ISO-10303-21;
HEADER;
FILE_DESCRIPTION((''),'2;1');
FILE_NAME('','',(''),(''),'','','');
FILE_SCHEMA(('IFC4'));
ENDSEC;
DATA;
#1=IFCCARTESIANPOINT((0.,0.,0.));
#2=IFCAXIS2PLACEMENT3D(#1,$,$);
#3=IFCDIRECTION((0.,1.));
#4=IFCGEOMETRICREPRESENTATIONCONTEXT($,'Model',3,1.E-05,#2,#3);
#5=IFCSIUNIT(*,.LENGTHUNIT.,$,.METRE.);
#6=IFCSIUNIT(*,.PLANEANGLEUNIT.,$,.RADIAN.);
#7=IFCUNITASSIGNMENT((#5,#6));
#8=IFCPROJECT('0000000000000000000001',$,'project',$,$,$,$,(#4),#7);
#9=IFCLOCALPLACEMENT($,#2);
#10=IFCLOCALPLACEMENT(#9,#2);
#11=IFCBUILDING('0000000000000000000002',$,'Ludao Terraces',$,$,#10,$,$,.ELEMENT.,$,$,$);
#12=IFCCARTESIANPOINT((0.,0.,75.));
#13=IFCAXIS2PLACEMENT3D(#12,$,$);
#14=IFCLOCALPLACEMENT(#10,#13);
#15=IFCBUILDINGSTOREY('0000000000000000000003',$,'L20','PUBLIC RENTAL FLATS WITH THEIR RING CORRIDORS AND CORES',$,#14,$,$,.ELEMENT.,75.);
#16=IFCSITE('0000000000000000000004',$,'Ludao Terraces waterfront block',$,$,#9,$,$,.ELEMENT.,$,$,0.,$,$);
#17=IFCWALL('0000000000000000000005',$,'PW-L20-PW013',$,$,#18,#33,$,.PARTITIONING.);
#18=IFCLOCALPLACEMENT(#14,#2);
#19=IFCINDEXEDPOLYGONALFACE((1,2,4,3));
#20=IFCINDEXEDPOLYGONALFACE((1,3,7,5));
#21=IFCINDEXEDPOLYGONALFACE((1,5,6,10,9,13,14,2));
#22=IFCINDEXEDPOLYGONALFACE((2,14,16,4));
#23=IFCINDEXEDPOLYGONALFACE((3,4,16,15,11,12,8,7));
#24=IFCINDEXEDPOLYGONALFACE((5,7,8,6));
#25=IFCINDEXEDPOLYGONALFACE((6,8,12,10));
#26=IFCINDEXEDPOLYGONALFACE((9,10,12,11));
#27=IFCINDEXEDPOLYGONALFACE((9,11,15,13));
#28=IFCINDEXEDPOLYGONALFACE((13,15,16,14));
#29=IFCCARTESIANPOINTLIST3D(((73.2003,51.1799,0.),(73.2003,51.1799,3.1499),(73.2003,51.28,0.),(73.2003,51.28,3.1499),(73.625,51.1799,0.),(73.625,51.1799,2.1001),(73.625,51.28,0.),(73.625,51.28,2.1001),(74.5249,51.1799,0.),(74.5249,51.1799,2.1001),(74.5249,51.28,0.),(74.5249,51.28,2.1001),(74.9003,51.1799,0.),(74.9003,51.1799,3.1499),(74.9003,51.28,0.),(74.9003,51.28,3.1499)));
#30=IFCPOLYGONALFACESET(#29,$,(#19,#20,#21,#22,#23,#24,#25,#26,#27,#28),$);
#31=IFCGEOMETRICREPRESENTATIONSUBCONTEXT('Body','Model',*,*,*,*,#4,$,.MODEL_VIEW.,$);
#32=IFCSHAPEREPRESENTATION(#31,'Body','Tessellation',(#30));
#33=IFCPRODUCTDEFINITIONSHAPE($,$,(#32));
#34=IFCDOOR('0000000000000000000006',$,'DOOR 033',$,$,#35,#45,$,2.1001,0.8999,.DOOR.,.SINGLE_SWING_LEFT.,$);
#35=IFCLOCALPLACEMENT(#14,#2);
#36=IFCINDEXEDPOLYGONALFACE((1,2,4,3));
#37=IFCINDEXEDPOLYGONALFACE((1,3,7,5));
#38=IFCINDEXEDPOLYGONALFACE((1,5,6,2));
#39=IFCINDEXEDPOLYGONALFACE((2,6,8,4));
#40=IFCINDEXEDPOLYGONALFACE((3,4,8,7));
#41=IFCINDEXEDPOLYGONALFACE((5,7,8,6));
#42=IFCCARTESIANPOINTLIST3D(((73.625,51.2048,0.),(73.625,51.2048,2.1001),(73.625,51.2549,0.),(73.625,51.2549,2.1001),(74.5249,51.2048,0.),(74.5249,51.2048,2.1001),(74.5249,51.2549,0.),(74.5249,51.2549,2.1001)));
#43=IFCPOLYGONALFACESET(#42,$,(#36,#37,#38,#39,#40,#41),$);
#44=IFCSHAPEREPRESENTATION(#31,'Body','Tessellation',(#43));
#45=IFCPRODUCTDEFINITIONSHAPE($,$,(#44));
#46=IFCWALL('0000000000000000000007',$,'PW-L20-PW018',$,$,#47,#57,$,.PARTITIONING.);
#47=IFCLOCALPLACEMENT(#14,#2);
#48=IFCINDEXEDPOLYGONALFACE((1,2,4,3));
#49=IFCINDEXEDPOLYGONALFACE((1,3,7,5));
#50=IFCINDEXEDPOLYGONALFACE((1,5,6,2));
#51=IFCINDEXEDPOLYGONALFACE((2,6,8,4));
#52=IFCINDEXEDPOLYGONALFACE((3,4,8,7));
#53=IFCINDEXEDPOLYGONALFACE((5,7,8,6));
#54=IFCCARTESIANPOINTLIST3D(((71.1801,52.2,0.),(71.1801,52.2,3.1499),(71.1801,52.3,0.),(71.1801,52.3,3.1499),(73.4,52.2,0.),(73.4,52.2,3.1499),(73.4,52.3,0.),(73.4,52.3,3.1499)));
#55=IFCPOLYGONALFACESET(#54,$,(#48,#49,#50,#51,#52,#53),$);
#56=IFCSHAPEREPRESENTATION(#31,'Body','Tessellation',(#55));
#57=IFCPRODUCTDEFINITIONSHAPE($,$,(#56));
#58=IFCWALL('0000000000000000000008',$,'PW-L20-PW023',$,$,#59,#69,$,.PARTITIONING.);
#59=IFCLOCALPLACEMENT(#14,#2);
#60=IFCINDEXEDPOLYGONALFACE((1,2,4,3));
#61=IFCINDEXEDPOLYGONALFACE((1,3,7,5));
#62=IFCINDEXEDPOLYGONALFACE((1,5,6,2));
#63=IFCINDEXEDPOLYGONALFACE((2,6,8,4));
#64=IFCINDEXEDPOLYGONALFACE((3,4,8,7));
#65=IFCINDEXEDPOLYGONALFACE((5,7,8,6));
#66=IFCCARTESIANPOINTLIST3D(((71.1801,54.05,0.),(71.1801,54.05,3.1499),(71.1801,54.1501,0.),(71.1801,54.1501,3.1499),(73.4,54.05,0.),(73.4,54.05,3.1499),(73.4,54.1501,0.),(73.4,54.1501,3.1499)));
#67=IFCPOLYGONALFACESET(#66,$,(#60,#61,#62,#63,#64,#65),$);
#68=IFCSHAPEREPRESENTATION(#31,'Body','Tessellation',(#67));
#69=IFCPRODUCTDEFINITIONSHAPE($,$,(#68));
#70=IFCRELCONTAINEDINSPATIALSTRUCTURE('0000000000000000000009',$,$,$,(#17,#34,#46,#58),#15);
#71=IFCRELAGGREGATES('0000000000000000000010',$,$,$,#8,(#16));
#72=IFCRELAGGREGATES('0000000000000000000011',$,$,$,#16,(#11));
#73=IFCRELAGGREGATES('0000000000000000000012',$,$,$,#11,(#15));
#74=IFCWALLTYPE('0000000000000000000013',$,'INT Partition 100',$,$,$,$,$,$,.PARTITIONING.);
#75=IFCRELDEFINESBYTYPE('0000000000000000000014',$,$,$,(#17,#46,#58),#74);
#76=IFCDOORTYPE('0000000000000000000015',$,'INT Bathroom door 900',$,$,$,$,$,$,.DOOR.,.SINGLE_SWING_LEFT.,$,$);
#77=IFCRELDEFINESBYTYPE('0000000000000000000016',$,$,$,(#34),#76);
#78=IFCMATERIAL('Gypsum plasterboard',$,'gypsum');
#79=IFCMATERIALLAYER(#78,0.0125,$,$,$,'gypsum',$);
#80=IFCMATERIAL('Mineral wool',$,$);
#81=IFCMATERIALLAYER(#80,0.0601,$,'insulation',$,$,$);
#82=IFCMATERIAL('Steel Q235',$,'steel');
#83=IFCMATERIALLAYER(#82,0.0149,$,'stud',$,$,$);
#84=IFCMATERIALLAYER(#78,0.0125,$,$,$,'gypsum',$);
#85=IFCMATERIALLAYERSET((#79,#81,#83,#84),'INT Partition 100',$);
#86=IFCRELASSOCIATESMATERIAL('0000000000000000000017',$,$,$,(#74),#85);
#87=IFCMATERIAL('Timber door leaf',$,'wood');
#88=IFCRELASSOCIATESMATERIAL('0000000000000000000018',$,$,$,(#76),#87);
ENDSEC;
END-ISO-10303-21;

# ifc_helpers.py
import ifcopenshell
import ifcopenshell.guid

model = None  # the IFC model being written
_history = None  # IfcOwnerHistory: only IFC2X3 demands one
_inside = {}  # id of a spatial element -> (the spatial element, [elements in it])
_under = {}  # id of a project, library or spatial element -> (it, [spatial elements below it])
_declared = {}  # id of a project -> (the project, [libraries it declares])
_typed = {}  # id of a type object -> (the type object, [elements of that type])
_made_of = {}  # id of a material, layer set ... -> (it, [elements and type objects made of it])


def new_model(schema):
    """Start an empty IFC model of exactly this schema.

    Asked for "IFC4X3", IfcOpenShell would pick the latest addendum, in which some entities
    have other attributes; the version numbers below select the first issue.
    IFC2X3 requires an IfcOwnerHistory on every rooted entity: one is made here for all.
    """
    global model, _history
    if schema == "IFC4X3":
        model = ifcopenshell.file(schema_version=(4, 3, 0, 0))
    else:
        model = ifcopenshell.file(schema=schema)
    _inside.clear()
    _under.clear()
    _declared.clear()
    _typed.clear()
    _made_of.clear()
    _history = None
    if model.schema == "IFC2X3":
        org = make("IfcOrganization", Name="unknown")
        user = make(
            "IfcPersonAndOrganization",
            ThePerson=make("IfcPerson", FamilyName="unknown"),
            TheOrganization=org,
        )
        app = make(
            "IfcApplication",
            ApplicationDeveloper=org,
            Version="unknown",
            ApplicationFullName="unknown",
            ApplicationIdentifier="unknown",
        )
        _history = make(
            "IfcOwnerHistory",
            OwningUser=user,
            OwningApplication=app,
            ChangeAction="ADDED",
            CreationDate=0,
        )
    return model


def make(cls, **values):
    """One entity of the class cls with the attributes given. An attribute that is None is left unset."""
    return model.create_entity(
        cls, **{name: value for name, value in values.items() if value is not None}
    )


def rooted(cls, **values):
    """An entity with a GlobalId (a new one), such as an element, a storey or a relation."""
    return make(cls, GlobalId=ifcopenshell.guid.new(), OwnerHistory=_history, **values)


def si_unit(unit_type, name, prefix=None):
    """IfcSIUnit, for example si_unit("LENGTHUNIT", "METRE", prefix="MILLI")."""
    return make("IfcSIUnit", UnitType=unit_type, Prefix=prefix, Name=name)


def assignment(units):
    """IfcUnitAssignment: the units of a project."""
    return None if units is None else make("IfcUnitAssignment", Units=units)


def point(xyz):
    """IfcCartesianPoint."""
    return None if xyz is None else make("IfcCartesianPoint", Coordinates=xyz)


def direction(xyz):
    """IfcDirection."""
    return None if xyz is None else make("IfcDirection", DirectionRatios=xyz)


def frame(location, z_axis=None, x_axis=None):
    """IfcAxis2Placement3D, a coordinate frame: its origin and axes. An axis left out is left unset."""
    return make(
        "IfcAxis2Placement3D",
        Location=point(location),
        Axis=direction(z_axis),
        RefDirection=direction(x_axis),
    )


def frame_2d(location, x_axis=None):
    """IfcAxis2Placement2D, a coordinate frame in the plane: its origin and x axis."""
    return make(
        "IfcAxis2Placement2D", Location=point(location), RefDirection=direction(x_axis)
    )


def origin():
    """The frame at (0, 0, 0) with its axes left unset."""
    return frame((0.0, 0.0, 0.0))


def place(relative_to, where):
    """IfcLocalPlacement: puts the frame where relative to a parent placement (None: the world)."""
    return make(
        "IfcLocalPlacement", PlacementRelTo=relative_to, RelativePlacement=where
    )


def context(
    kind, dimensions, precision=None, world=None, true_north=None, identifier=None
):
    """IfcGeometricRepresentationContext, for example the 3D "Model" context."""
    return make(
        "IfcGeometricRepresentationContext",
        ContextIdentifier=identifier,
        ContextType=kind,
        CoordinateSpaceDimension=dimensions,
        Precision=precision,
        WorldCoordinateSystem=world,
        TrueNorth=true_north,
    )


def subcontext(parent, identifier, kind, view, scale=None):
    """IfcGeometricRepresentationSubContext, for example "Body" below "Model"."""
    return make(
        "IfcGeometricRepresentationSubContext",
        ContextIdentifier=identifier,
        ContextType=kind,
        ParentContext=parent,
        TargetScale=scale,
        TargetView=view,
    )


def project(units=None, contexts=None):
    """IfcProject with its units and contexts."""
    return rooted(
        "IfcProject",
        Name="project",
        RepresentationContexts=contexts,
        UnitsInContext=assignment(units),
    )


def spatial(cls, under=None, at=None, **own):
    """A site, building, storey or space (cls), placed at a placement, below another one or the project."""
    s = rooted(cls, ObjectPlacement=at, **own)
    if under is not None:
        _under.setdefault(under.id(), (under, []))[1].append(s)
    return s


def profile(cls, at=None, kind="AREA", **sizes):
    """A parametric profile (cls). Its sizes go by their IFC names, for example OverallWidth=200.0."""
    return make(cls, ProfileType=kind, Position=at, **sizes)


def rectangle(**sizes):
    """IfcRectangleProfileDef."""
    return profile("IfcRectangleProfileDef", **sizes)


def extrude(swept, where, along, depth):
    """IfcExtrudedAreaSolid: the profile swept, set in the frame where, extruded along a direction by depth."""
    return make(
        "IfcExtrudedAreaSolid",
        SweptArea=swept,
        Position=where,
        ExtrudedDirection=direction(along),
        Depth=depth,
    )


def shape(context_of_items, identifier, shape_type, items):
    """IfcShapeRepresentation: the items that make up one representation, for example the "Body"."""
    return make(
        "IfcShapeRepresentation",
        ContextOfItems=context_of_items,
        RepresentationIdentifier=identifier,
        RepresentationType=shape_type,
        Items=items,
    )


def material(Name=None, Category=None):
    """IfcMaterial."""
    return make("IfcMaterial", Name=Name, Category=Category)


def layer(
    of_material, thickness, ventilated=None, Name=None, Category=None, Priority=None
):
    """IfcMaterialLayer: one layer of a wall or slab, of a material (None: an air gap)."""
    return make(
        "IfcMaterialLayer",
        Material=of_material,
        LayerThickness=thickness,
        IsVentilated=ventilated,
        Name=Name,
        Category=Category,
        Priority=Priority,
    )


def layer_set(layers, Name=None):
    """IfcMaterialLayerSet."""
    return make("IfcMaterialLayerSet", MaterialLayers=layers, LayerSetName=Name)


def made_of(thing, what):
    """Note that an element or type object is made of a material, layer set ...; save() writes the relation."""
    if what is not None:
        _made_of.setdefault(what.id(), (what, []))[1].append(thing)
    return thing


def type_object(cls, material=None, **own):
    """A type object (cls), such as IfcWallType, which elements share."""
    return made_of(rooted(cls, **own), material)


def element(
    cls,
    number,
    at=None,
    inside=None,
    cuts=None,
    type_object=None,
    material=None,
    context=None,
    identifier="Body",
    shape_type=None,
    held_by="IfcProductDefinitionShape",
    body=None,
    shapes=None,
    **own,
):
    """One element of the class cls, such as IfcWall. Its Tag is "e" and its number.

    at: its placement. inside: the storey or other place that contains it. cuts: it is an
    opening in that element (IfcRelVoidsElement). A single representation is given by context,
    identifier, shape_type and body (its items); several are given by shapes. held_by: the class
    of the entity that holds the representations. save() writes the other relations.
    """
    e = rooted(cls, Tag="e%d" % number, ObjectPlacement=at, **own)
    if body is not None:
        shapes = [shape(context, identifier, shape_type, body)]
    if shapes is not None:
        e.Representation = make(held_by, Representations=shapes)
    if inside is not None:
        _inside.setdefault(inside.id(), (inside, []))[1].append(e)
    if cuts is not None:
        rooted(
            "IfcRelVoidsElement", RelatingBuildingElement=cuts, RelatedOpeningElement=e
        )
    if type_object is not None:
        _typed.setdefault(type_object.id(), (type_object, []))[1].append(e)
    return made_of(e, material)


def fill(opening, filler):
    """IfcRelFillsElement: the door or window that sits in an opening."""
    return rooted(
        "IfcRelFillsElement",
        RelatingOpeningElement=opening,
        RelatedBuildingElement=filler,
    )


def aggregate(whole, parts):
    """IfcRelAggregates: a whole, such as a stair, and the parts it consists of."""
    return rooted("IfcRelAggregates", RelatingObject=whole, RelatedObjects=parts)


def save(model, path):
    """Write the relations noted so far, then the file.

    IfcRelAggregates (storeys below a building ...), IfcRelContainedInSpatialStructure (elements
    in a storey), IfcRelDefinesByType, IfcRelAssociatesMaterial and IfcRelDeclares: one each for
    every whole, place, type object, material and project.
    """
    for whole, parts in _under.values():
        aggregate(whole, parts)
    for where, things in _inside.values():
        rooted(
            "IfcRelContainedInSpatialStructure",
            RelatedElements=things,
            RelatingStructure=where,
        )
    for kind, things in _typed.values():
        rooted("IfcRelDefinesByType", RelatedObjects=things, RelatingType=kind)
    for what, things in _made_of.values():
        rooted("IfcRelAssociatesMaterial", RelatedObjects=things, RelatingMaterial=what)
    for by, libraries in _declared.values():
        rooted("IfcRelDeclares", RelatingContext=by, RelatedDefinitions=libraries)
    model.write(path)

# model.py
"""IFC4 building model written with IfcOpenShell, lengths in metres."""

from ifc_helpers import new_model, si_unit, direction, frame, frame_2d, origin, place, context, subcontext, project, spatial, rectangle, extrude, material, layer, layer_set, type_object, element, fill, save


model = new_model("IFC4")

# Units and contexts
model_context = context("Model", 3, precision=1e-05, world=origin(), true_north=direction((0.0, 1.0)))
body_context = subcontext(model_context, "Body", "Model", "MODEL_VIEW")
ifc_project = project(units=[si_unit("LENGTHUNIT", "METRE"), si_unit("PLANEANGLEUNIT", "RADIAN")], contexts=[model_context])

# Site, building, storey
site_placement = place(None, origin())
site = spatial("IfcSite", under=ifc_project, at=site_placement, Name="Ludao Terraces waterfront block", CompositionType="ELEMENT", RefElevation=0.0)
building_placement = place(site_placement, origin())
building = spatial("IfcBuilding", under=site, at=building_placement, Name="Ludao Terraces", CompositionType="ELEMENT")
storey_placement = place(building_placement, frame((0.0, 0.0, 75.0)))
storey = spatial("IfcBuildingStorey", under=building, at=storey_placement, Name="L20", Description="PUBLIC RENTAL FLATS WITH THEIR RING CORRIDORS AND CORES", CompositionType="ELEMENT", Elevation=75.0)

# Shared definitions
ifc_material_1 = material(Name="Steel Q235", Category="steel")

# Shared definitions
ifc_material_2 = material(Name="Gypsum plasterboard", Category="gypsum")
ifc_layer_1 = layer(ifc_material_2, 0.0125, Category="gypsum")
ifc_material_3 = material(Name="Mineral wool")
ifc_layer_2 = layer(ifc_material_3, 0.0601, Name="insulation")
ifc_layer_3 = layer(ifc_material_1, 0.0149, Name="stud")
ifc_layer_4 = layer(ifc_material_2, 0.0125, Category="gypsum")
ifc_layer_set_1 = layer_set([ifc_layer_1, ifc_layer_2, ifc_layer_3, ifc_layer_4], Name="INT Partition 100")
wall_type_1 = type_object("IfcWallType", Name="INT Partition 100", PredefinedType="PARTITIONING", material=ifc_layer_set_1)

# Wall, opening, door
wall_1_placement = place(storey_placement, frame((73.2002, 51.23, 0.0), z_axis=(0.0, 0.0, 1.0), x_axis=(1.0, 0.0, 0.0)))
wall_1 = element("IfcWall", 1, at=wall_1_placement, inside=storey, type_object=wall_type_1, Name="PW-L20-PW013", PredefinedType="PARTITIONING", context=body_context, shape_type="SweptSolid", body=[
    extrude(rectangle(XDim=1.7, YDim=0.1001, at=frame_2d((0.8501, 0.0))), origin(), (0.0, 0.0, 1.0), 3.1499),
])
opening_1_placement = place(wall_1_placement, frame((0.4248, 0.0, 0.0)))
opening_1 = element("IfcOpeningElement", 2, at=opening_1_placement, cuts=wall_1, PredefinedType="OPENING", context=body_context, shape_type="SweptSolid", body=[
    extrude(rectangle(XDim=0.8999, YDim=2.1001, at=frame_2d((0.45, 1.05))), frame((0.0, 0.0601, 0.0), z_axis=(0.0, -1.0, 0.0), x_axis=(1.0, 0.0, 0.0)), (0.0, 0.0, 1.0), 0.1201),
])
ifc_material_4 = material(Name="Timber door leaf", Category="wood")
door_type_1 = type_object("IfcDoorType", Name="INT Bathroom door 900", OperationType="SINGLE_SWING_LEFT", PredefinedType="DOOR", material=ifc_material_4)
door_1_placement = place(opening_1_placement, origin())
door_1 = element("IfcDoor", 3, at=door_1_placement, inside=storey, type_object=door_type_1, Name="DOOR 033", OperationType="SINGLE_SWING_LEFT", OverallHeight=2.1001, OverallWidth=0.8999, PredefinedType="DOOR", context=body_context, shape_type="SweptSolid", body=[
    extrude(rectangle(XDim=0.8999, YDim=2.1001, at=frame_2d((0.45, 1.05))), frame((0.0, 0.0249, 0.0), z_axis=(0.0, -1.0, 0.0), x_axis=(1.0, 0.0, 0.0)), (0.0, 0.0, 1.0), 0.05),
])
fill(opening_1, door_1)

# Walls
for number, where, z_axis, x_axis, name in (
    (4, (71.1802, 52.25, 0.0), (0.0, 0.0, 1.0), (1.0, 0.0, 0.0), "PW-L20-PW018"),
    (5, (71.1802, 54.1001, 0.0), (0.0, 0.0, 1.0), (1.0, 0.0, 0.0), "PW-L20-PW023"),
):
    element("IfcWall", number, at=place(storey_placement, frame(where, z_axis=z_axis, x_axis=x_axis)), inside=storey, type_object=wall_type_1, Name=name, PredefinedType="PARTITIONING", context=body_context, shape_type="SweptSolid", body=[
        extrude(rectangle(XDim=2.22, YDim=0.1001, at=frame_2d((1.1099, 0.0))), origin(), (0.0, 0.0, 1.0), 3.1499),
    ])

save(model, "model.ifc")
